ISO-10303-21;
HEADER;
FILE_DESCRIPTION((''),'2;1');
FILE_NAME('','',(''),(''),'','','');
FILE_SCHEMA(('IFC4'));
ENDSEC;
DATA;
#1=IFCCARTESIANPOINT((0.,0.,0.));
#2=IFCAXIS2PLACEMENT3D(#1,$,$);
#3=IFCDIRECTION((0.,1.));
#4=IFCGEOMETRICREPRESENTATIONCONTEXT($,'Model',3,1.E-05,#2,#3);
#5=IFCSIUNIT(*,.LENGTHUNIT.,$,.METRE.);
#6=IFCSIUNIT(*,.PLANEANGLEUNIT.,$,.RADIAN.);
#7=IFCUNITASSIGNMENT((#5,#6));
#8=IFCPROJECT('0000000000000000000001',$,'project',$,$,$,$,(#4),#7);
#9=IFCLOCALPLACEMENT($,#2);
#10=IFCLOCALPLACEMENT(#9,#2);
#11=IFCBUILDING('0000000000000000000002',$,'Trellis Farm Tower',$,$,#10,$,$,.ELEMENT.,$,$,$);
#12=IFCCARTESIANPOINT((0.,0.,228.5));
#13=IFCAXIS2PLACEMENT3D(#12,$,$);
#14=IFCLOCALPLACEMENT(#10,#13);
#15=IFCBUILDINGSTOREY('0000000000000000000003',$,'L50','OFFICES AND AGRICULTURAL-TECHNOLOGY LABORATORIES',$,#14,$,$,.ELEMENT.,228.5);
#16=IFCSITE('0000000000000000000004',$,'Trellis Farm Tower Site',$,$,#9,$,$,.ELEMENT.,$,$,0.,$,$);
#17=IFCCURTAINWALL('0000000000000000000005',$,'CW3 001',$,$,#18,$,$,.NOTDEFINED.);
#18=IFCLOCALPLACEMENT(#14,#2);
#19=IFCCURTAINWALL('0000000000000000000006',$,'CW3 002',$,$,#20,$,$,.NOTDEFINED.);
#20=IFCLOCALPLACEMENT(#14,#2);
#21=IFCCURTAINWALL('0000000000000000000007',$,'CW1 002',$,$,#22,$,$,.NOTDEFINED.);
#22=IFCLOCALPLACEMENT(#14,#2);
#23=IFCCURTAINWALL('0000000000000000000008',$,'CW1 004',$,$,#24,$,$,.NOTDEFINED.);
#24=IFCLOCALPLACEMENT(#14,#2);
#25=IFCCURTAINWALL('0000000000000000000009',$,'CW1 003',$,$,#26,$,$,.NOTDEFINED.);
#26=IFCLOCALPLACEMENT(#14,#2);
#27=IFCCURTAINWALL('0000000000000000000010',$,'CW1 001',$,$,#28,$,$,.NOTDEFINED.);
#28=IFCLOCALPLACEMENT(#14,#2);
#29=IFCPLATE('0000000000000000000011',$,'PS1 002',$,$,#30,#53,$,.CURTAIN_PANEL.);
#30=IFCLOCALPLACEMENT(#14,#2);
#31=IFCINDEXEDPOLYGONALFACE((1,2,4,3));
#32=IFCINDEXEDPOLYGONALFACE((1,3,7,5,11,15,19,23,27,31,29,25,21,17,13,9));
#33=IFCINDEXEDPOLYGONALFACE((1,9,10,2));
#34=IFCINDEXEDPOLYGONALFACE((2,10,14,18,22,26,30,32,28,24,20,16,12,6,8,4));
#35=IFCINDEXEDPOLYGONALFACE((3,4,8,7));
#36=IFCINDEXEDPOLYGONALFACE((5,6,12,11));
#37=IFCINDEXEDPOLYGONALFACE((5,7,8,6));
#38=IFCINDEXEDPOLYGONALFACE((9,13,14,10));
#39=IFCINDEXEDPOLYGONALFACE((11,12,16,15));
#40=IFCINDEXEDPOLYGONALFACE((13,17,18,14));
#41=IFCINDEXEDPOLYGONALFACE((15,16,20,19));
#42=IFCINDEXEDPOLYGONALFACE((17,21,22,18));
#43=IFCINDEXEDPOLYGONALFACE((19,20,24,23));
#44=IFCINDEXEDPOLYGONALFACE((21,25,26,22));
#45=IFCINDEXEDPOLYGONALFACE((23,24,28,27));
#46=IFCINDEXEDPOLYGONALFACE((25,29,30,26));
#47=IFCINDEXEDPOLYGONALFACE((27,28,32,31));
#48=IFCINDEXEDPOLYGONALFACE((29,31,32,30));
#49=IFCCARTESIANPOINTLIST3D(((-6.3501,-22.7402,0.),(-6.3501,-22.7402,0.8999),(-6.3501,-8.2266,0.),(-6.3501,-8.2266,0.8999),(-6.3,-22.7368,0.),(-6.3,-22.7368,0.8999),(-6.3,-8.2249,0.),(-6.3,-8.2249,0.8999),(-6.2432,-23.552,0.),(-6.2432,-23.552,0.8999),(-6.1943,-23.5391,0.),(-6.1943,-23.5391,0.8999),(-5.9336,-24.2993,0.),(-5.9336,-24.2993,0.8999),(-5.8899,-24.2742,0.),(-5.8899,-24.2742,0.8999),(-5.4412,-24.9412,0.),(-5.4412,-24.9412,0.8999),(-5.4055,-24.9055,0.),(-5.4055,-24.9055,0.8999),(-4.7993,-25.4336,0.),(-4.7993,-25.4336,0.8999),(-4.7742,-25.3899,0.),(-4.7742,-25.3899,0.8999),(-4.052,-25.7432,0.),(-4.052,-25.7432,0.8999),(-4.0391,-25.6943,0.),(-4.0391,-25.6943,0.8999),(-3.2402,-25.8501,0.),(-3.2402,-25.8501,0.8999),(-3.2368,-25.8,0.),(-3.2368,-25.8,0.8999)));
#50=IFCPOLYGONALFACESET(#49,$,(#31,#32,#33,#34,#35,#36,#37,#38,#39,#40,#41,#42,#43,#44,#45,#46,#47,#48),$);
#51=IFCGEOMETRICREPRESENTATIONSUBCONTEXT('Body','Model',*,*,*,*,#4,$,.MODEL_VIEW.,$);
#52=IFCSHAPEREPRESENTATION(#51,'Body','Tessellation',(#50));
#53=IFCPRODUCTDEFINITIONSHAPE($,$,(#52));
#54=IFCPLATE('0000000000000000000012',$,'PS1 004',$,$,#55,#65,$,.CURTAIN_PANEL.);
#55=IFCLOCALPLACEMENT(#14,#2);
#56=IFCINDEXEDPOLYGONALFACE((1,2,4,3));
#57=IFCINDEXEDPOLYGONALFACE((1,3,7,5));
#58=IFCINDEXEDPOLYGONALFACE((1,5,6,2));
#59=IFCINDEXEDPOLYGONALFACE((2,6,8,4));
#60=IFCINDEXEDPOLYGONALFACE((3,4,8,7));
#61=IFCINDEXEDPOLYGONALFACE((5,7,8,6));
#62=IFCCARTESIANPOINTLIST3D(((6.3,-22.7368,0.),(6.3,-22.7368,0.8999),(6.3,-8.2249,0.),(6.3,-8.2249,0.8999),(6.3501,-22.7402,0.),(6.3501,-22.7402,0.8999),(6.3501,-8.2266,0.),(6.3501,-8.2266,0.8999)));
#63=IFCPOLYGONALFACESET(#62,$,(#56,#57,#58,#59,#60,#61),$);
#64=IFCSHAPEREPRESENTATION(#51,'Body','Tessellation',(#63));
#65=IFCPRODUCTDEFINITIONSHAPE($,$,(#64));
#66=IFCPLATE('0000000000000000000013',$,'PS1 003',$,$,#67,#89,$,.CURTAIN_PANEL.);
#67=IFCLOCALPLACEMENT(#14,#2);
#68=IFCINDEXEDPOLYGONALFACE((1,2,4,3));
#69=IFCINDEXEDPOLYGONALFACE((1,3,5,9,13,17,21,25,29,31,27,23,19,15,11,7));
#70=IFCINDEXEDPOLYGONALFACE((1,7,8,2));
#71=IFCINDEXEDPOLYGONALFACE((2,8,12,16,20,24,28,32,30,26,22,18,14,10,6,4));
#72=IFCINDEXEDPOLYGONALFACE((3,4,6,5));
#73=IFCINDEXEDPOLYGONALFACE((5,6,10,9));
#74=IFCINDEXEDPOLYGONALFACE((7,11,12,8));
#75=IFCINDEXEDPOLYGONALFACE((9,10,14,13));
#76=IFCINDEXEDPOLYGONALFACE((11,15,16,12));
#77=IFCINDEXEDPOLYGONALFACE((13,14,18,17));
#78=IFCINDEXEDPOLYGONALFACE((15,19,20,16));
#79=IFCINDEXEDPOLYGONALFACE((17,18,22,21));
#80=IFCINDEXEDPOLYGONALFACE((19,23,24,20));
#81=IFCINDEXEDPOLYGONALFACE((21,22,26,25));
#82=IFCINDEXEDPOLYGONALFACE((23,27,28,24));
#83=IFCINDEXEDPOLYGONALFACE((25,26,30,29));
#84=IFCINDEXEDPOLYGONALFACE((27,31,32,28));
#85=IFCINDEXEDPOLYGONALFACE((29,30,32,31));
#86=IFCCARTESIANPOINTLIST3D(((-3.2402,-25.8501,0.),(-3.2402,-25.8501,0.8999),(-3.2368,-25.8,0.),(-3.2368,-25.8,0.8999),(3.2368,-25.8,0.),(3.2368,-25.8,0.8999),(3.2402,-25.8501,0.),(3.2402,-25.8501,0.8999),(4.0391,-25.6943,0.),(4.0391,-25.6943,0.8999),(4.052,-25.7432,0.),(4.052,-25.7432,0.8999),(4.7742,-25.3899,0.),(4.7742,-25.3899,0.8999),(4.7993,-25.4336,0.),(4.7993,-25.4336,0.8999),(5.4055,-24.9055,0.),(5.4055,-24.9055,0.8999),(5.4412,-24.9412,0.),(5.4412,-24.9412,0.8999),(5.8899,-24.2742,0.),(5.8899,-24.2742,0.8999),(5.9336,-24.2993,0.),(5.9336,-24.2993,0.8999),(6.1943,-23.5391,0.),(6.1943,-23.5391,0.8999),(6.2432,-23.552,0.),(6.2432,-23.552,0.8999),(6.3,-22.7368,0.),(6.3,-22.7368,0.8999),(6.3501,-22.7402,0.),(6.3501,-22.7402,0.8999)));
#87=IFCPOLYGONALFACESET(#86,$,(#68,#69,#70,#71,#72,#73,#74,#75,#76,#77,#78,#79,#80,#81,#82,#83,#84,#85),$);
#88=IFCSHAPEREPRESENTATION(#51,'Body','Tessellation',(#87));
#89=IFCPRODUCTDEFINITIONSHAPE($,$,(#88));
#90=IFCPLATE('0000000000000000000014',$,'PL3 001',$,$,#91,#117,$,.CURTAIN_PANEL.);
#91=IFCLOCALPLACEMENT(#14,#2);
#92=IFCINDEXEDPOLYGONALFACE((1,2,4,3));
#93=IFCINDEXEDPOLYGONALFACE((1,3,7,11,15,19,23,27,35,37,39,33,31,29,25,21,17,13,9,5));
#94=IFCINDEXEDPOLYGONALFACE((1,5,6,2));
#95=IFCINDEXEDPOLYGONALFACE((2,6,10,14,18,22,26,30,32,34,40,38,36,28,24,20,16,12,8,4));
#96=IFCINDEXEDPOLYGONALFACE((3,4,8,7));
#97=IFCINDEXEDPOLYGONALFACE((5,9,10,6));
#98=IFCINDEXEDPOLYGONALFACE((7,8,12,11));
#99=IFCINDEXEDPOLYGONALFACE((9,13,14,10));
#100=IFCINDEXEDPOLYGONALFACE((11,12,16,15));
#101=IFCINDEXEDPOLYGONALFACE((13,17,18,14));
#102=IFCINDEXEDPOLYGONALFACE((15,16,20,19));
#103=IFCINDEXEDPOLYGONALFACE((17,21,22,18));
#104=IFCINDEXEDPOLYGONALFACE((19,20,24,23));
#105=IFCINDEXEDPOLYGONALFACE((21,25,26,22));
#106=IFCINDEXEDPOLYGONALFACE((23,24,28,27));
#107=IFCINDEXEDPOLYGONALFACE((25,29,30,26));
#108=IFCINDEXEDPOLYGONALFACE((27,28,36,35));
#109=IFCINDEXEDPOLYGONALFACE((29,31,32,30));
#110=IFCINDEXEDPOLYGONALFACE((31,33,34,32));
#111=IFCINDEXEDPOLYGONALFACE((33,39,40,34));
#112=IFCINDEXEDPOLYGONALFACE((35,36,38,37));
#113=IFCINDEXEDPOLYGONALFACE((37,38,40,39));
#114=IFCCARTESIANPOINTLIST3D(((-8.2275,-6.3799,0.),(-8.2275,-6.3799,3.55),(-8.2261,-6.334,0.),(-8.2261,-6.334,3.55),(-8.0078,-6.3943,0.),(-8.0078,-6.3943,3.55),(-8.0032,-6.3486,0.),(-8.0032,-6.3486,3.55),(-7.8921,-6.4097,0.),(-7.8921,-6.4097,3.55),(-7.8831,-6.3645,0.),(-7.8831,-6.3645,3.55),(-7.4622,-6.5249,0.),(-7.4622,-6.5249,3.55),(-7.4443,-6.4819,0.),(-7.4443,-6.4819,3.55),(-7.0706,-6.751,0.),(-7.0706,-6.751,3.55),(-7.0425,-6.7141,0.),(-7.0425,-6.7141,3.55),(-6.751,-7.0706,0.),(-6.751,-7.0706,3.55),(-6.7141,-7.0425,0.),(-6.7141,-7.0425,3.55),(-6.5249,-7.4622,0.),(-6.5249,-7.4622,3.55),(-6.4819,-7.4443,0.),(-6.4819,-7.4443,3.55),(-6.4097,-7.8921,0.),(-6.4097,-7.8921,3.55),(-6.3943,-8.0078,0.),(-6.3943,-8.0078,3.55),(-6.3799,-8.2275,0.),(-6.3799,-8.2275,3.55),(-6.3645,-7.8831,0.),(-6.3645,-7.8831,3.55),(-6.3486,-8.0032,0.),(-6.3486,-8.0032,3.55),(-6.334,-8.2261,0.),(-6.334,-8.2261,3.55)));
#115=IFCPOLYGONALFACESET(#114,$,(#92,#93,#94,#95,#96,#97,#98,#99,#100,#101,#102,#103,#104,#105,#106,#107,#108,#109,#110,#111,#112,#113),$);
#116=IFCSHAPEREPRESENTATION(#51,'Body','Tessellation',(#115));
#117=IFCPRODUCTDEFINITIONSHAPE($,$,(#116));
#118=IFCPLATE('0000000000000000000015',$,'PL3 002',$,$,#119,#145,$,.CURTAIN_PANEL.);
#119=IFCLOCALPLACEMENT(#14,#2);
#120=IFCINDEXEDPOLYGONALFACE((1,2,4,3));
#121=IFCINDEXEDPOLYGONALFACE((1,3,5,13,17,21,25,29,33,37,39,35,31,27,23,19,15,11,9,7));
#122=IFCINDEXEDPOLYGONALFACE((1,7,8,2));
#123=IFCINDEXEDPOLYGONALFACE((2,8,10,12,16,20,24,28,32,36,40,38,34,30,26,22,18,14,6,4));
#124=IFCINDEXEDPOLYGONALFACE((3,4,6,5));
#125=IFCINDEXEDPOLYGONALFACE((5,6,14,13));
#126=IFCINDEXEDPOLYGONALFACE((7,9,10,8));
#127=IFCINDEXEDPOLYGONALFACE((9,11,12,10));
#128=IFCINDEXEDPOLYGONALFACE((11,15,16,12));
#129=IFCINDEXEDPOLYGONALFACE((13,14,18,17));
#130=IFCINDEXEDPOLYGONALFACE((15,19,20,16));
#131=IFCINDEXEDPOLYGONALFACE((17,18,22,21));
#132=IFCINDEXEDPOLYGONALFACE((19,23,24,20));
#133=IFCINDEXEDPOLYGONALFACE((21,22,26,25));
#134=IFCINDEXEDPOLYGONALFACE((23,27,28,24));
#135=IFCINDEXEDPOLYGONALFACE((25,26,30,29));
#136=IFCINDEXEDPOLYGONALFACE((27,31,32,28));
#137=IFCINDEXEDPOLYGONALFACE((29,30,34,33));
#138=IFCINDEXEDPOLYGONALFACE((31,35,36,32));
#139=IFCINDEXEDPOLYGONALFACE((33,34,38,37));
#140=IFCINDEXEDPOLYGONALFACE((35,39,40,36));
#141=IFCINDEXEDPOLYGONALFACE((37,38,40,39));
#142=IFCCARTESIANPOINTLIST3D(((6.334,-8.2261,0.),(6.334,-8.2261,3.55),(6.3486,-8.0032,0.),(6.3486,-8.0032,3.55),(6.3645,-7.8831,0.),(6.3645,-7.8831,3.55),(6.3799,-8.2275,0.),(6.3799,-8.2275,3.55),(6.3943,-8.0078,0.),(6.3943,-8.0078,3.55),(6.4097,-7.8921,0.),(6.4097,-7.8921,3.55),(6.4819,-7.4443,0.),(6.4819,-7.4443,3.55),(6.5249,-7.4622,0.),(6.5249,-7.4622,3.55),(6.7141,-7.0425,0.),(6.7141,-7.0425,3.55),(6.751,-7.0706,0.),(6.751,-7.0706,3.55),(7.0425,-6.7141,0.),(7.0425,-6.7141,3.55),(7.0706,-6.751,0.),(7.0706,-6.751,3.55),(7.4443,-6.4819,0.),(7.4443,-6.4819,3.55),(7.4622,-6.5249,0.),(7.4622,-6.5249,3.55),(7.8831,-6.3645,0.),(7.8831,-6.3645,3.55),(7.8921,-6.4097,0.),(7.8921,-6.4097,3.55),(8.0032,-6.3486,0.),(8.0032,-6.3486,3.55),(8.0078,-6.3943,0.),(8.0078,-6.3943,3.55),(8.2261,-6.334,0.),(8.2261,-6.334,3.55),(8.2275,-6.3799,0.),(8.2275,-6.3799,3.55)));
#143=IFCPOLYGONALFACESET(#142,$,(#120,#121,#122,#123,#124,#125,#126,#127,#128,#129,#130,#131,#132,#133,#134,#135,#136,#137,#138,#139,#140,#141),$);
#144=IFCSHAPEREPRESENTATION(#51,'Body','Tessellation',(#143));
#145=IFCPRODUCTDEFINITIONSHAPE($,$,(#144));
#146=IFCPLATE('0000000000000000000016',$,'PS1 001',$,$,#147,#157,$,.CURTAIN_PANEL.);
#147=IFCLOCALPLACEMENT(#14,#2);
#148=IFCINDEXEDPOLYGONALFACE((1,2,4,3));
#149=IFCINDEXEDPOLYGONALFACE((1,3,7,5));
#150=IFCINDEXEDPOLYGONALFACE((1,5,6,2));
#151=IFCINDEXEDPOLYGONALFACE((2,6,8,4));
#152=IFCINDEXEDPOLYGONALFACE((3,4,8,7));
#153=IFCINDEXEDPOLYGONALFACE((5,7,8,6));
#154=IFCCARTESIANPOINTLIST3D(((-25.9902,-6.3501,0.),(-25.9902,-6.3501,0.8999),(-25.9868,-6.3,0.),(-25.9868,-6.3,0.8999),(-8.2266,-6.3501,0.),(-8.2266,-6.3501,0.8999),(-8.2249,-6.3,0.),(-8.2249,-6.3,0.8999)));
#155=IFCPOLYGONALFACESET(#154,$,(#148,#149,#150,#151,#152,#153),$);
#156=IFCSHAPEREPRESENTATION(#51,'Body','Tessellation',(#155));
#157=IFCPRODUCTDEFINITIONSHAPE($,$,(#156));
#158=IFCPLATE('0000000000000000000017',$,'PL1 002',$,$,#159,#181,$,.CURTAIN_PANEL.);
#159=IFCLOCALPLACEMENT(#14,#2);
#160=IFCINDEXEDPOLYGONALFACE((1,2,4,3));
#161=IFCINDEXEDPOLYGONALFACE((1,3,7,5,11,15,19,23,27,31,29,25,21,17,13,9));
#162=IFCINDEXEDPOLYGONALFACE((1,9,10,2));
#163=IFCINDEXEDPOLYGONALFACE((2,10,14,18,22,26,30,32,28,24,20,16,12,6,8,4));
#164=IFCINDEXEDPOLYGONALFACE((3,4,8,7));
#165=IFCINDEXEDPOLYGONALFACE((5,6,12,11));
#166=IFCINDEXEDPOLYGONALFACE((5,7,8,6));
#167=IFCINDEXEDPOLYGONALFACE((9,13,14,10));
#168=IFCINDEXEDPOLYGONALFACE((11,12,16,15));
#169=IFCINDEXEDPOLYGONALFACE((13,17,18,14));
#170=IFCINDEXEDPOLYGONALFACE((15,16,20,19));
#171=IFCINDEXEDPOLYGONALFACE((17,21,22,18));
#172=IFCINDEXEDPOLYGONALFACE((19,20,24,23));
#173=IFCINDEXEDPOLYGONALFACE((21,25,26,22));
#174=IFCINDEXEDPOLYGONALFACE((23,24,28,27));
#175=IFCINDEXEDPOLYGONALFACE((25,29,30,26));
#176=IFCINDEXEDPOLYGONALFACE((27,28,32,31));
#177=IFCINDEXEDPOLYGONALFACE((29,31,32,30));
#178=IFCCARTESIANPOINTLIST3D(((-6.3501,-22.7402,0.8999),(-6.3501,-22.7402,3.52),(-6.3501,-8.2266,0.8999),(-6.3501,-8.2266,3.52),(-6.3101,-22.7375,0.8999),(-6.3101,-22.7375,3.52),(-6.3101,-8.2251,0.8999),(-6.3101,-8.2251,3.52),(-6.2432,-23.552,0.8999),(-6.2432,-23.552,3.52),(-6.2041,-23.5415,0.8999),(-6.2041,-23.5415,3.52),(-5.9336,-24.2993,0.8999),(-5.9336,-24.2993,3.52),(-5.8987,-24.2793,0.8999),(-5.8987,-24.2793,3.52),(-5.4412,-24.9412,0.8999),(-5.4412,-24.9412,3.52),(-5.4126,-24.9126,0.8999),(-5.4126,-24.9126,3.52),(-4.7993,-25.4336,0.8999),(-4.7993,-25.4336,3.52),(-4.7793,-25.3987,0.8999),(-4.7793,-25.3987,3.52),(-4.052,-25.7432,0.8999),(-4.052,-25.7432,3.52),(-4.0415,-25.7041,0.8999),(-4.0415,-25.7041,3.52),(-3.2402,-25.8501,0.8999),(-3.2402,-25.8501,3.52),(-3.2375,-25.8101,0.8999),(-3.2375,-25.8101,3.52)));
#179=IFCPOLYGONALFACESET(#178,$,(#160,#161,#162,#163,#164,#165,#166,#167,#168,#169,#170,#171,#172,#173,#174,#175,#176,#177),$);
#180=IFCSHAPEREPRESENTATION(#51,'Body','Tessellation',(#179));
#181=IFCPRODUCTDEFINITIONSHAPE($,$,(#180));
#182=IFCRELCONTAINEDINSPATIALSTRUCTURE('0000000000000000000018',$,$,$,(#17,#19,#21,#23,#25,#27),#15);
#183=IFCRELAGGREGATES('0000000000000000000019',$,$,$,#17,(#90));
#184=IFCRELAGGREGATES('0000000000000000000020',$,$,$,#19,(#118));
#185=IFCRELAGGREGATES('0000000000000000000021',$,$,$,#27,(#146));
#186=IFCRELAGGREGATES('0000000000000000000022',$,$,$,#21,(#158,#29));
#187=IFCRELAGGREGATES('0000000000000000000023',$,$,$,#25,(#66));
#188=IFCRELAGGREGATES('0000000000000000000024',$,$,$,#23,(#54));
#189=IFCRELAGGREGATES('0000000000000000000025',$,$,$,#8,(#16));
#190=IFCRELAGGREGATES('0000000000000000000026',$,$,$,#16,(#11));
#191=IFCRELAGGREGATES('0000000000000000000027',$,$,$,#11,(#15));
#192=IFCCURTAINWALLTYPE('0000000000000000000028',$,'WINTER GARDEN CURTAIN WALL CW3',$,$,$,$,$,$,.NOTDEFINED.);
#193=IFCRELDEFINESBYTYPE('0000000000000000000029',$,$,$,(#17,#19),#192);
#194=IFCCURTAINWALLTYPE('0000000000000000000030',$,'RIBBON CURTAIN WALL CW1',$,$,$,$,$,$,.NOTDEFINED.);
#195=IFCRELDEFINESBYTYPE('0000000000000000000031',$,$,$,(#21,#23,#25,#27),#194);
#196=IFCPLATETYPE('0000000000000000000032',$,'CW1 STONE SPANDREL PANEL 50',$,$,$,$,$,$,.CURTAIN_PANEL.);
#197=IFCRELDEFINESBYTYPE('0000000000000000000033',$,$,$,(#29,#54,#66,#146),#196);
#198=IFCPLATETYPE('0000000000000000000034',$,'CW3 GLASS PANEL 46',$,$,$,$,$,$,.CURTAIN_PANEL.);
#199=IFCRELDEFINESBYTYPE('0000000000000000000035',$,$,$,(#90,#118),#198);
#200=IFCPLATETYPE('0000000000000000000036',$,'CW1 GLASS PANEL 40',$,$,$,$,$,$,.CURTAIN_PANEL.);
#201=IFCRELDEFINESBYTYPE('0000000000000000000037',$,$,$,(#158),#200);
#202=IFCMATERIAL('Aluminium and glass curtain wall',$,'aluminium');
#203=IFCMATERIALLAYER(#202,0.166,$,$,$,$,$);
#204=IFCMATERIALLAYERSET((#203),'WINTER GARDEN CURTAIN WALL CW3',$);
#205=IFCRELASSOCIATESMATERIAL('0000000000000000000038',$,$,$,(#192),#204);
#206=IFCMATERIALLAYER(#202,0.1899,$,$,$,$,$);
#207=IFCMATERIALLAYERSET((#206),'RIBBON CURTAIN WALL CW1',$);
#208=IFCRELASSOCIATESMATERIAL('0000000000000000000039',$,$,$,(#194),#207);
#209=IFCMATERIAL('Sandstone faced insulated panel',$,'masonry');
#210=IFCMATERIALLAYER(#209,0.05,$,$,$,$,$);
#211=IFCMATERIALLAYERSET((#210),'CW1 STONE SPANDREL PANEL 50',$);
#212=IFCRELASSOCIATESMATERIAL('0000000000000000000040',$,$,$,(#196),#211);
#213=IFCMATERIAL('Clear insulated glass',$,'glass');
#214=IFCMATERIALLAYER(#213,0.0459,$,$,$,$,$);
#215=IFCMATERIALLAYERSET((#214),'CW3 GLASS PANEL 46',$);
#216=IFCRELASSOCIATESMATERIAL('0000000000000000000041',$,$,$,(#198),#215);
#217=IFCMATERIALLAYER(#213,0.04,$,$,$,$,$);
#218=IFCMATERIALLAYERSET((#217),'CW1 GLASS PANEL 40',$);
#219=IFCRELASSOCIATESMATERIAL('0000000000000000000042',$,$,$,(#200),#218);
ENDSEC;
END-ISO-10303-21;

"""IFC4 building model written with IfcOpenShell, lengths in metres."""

from ifc_helpers import new_model, si_unit, direction, frame, origin, place, context, subcontext, project, spatial, polyline, outline, extrude, source, transform, mapped, material, layer, layer_set, type_object, element, aggregate, save


model = new_model("IFC4")

# Units and contexts
model_context = context("Model", 3, precision=1e-05, world=origin(), true_north=direction((0.0, 1.0)))
body_context = subcontext(model_context, "Body", "Model", "MODEL_VIEW")
ifc_project = project(units=[si_unit("LENGTHUNIT", "METRE"), si_unit("PLANEANGLEUNIT", "RADIAN")], contexts=[model_context])

# Site, building, storey
site_placement = place(None, origin())
site = spatial("IfcSite", under=ifc_project, at=site_placement, Name="Trellis Farm Tower Site", CompositionType="ELEMENT", RefElevation=0.0)
building_placement = place(site_placement, origin())
building = spatial("IfcBuilding", under=site, at=building_placement, Name="Trellis Farm Tower", CompositionType="ELEMENT")
storey_placement = place(building_placement, frame((0.0, 0.0, 228.5)))
storey = spatial("IfcBuildingStorey", under=building, at=storey_placement, Name="L50", Description="OFFICES AND AGRICULTURAL-TECHNOLOGY LABORATORIES", CompositionType="ELEMENT", Elevation=228.5)

# Curtain walls
ifc_material_1 = material(Name="Aluminium and glass curtain wall", Category="aluminium")
ifc_layer_1 = layer(ifc_material_1, 0.166)
ifc_layer_set_1 = layer_set([ifc_layer_1], Name="WINTER GARDEN CURTAIN WALL CW3")
curtain_wall_type_1 = type_object("IfcCurtainWallType", Name="WINTER GARDEN CURTAIN WALL CW3", PredefinedType="NOTDEFINED", material=ifc_layer_set_1)
placement_1 = place(storey_placement, origin())
curtain_wall_1 = element("IfcCurtainWall", 1, at=placement_1, inside=storey, type_object=curtain_wall_type_1, Name="CW3 001", PredefinedType="NOTDEFINED")
curtain_wall_2 = element("IfcCurtainWall", 2, at=placement_1, inside=storey, type_object=curtain_wall_type_1, Name="CW3 002", PredefinedType="NOTDEFINED")
ifc_layer_2 = layer(ifc_material_1, 0.1899)
ifc_layer_set_2 = layer_set([ifc_layer_2], Name="RIBBON CURTAIN WALL CW1")
curtain_wall_type_2 = type_object("IfcCurtainWallType", Name="RIBBON CURTAIN WALL CW1", PredefinedType="NOTDEFINED", material=ifc_layer_set_2)
curtain_wall_3 = element("IfcCurtainWall", 3, at=placement_1, inside=storey, type_object=curtain_wall_type_2, Name="CW1 002", PredefinedType="NOTDEFINED")
curtain_wall_4 = element("IfcCurtainWall", 4, at=placement_1, inside=storey, type_object=curtain_wall_type_2, Name="CW1 004", PredefinedType="NOTDEFINED")
curtain_wall_5 = element("IfcCurtainWall", 5, at=placement_1, inside=storey, type_object=curtain_wall_type_2, Name="CW1 003", PredefinedType="NOTDEFINED")
curtain_wall_6 = element("IfcCurtainWall", 6, at=placement_1, inside=storey, type_object=curtain_wall_type_2, Name="CW1 001", PredefinedType="NOTDEFINED")

# Plates
ifc_material_2 = material(Name="Sandstone faced insulated panel", Category="masonry")
ifc_layer_3 = layer(ifc_material_2, 0.05)
ifc_layer_set_3 = layer_set([ifc_layer_3], Name="CW1 STONE SPANDREL PANEL 50")
plate_type_1 = type_object("IfcPlateType", Name="CW1 STONE SPANDREL PANEL 50", PredefinedType="CURTAIN_PANEL", material=ifc_layer_set_3)
shared_shape_1 = source(origin(), body_context, "Body", "SweptSolid", [
    extrude(outline(polyline([(-6.3501, -8.2266), (-6.3501, -22.7402), (-6.2432, -23.552), (-5.9336, -24.2993), (-5.4412, -24.9412), (-4.7993, -25.4336), (-4.052, -25.7432), (-3.2402, -25.8501), (-3.2368, -25.8), (-4.0391, -25.6943), (-4.7742, -25.3899), (-5.4055, -24.9055), (-5.8899, -24.2742), (-6.1943, -23.5391), (-6.3, -22.7368), (-6.3, -8.2249), (-6.3501, -8.2266)])), origin(), (0.0, 0.0, 1.0), 0.8999),
])
plate_1 = element("IfcPlate", 7, at=placement_1, type_object=plate_type_1, Name="PS1 002", PredefinedType="CURTAIN_PANEL", context=body_context, shape_type="MappedRepresentation", body=[
    mapped(shared_shape_1, transform((0.0, 0.0, 0.0))),
])
shared_shape_2 = source(origin(), body_context, "Body", "SweptSolid", [
    extrude(outline(polyline([(6.3501, -22.7402), (6.3501, -8.2266), (6.3, -8.2249), (6.3, -22.7368), (6.3501, -22.7402)])), origin(), (0.0, 0.0, 1.0), 0.8999),
])
plate_2 = element("IfcPlate", 8, at=placement_1, type_object=plate_type_1, Name="PS1 004", PredefinedType="CURTAIN_PANEL", context=body_context, shape_type="MappedRepresentation", body=[
    mapped(shared_shape_2, transform((0.0, 0.0, 0.0))),
])
shared_shape_3 = source(origin(), body_context, "Body", "SweptSolid", [
    extrude(outline(polyline([(-3.2402, -25.8501), (3.2402, -25.8501), (4.052, -25.7432), (4.7993, -25.4336), (5.4412, -24.9412), (5.9336, -24.2993), (6.2432, -23.552), (6.3501, -22.7402), (6.3, -22.7368), (6.1943, -23.5391), (5.8899, -24.2742), (5.4055, -24.9055), (4.7742, -25.3899), (4.0391, -25.6943), (3.2368, -25.8), (-3.2368, -25.8), (-3.2402, -25.8501)])), origin(), (0.0, 0.0, 1.0), 0.8999),
])
plate_3 = element("IfcPlate", 9, at=placement_1, type_object=plate_type_1, Name="PS1 003", PredefinedType="CURTAIN_PANEL", context=body_context, shape_type="MappedRepresentation", body=[
    mapped(shared_shape_3, transform((0.0, 0.0, 0.0))),
])
ifc_material_3 = material(Name="Clear insulated glass", Category="glass")
ifc_layer_4 = layer(ifc_material_3, 0.0459)
ifc_layer_set_4 = layer_set([ifc_layer_4], Name="CW3 GLASS PANEL 46")
plate_type_2 = type_object("IfcPlateType", Name="CW3 GLASS PANEL 46", PredefinedType="CURTAIN_PANEL", material=ifc_layer_set_4)
shared_shape_4 = source(origin(), body_context, "Body", "SweptSolid", [
    extrude(outline(polyline([(-8.2275, -6.3799), (-8.0078, -6.3943), (-7.8921, -6.4097), (-7.4622, -6.5249), (-7.0706, -6.751), (-6.751, -7.0706), (-6.5249, -7.4622), (-6.4097, -7.8921), (-6.3943, -8.0078), (-6.3799, -8.2275), (-6.334, -8.2261), (-6.3486, -8.0032), (-6.3645, -7.8831), (-6.4819, -7.4443), (-6.7141, -7.0425), (-7.0425, -6.7141), (-7.4443, -6.4819), (-7.8831, -6.3645), (-8.0032, -6.3486), (-8.2261, -6.334), (-8.2275, -6.3799)])), origin(), (0.0, 0.0, 1.0), 3.55),
])
plate_4 = element("IfcPlate", 10, at=placement_1, type_object=plate_type_2, Name="PL3 001", PredefinedType="CURTAIN_PANEL", context=body_context, shape_type="MappedRepresentation", body=[
    mapped(shared_shape_4, transform((0.0, 0.0, 0.0))),
])
aggregate(curtain_wall_1, [plate_4])
shared_shape_5 = source(origin(), body_context, "Body", "SweptSolid", [
    extrude(outline(polyline([(6.3799, -8.2275), (6.3943, -8.0078), (6.4097, -7.8921), (6.5249, -7.4622), (6.751, -7.0706), (7.0706, -6.751), (7.4622, -6.5249), (7.8921, -6.4097), (8.0078, -6.3943), (8.2275, -6.3799), (8.2261, -6.334), (8.0032, -6.3486), (7.8831, -6.3645), (7.4443, -6.4819), (7.0425, -6.7141), (6.7141, -7.0425), (6.4819, -7.4443), (6.3645, -7.8831), (6.3486, -8.0032), (6.334, -8.2261), (6.3799, -8.2275)])), origin(), (0.0, 0.0, 1.0), 3.55),
])
plate_5 = element("IfcPlate", 11, at=placement_1, type_object=plate_type_2, Name="PL3 002", PredefinedType="CURTAIN_PANEL", context=body_context, shape_type="MappedRepresentation", body=[
    mapped(shared_shape_5, transform((0.0, 0.0, 0.0))),
])
aggregate(curtain_wall_2, [plate_5])
shared_shape_6 = source(origin(), body_context, "Body", "SweptSolid", [
    extrude(outline(polyline([(-25.9902, -6.3501), (-8.2266, -6.3501), (-8.2249, -6.3), (-25.9868, -6.3), (-25.9902, -6.3501)])), origin(), (0.0, 0.0, 1.0), 0.8999),
])
plate_6 = element("IfcPlate", 12, at=placement_1, type_object=plate_type_1, Name="PS1 001", PredefinedType="CURTAIN_PANEL", context=body_context, shape_type="MappedRepresentation", body=[
    mapped(shared_shape_6, transform((0.0, 0.0, 0.0))),
])
aggregate(curtain_wall_6, [plate_6])
ifc_layer_5 = layer(ifc_material_3, 0.04)
ifc_layer_set_5 = layer_set([ifc_layer_5], Name="CW1 GLASS PANEL 40")
plate_type_3 = type_object("IfcPlateType", Name="CW1 GLASS PANEL 40", PredefinedType="CURTAIN_PANEL", material=ifc_layer_set_5)
shared_shape_7 = source(origin(), body_context, "Body", "SweptSolid", [
    extrude(outline(polyline([(-6.3501, -8.2266), (-6.3501, -22.7402), (-6.2432, -23.552), (-5.9336, -24.2993), (-5.4412, -24.9412), (-4.7993, -25.4336), (-4.052, -25.7432), (-3.2402, -25.8501), (-3.2375, -25.8101), (-4.0415, -25.7041), (-4.7793, -25.3987), (-5.4126, -24.9126), (-5.8987, -24.2793), (-6.2041, -23.5415), (-6.3101, -22.7375), (-6.3101, -8.2251), (-6.3501, -8.2266)])), origin(), (0.0, 0.0, 1.0), 2.6201),
])
placement_2 = place(storey_placement, frame((0.0, 0.0, 0.8999)))
plate_7 = element("IfcPlate", 13, at=placement_2, type_object=plate_type_3, Name="PL1 002", PredefinedType="CURTAIN_PANEL", context=body_context, shape_type="MappedRepresentation", body=[
    mapped(shared_shape_7, transform((0.0, 0.0, 0.0))),
])
aggregate(curtain_wall_3, [plate_7, plate_1])
aggregate(curtain_wall_5, [plate_3])
aggregate(curtain_wall_4, [plate_2])

save(model, "model.ifc")
